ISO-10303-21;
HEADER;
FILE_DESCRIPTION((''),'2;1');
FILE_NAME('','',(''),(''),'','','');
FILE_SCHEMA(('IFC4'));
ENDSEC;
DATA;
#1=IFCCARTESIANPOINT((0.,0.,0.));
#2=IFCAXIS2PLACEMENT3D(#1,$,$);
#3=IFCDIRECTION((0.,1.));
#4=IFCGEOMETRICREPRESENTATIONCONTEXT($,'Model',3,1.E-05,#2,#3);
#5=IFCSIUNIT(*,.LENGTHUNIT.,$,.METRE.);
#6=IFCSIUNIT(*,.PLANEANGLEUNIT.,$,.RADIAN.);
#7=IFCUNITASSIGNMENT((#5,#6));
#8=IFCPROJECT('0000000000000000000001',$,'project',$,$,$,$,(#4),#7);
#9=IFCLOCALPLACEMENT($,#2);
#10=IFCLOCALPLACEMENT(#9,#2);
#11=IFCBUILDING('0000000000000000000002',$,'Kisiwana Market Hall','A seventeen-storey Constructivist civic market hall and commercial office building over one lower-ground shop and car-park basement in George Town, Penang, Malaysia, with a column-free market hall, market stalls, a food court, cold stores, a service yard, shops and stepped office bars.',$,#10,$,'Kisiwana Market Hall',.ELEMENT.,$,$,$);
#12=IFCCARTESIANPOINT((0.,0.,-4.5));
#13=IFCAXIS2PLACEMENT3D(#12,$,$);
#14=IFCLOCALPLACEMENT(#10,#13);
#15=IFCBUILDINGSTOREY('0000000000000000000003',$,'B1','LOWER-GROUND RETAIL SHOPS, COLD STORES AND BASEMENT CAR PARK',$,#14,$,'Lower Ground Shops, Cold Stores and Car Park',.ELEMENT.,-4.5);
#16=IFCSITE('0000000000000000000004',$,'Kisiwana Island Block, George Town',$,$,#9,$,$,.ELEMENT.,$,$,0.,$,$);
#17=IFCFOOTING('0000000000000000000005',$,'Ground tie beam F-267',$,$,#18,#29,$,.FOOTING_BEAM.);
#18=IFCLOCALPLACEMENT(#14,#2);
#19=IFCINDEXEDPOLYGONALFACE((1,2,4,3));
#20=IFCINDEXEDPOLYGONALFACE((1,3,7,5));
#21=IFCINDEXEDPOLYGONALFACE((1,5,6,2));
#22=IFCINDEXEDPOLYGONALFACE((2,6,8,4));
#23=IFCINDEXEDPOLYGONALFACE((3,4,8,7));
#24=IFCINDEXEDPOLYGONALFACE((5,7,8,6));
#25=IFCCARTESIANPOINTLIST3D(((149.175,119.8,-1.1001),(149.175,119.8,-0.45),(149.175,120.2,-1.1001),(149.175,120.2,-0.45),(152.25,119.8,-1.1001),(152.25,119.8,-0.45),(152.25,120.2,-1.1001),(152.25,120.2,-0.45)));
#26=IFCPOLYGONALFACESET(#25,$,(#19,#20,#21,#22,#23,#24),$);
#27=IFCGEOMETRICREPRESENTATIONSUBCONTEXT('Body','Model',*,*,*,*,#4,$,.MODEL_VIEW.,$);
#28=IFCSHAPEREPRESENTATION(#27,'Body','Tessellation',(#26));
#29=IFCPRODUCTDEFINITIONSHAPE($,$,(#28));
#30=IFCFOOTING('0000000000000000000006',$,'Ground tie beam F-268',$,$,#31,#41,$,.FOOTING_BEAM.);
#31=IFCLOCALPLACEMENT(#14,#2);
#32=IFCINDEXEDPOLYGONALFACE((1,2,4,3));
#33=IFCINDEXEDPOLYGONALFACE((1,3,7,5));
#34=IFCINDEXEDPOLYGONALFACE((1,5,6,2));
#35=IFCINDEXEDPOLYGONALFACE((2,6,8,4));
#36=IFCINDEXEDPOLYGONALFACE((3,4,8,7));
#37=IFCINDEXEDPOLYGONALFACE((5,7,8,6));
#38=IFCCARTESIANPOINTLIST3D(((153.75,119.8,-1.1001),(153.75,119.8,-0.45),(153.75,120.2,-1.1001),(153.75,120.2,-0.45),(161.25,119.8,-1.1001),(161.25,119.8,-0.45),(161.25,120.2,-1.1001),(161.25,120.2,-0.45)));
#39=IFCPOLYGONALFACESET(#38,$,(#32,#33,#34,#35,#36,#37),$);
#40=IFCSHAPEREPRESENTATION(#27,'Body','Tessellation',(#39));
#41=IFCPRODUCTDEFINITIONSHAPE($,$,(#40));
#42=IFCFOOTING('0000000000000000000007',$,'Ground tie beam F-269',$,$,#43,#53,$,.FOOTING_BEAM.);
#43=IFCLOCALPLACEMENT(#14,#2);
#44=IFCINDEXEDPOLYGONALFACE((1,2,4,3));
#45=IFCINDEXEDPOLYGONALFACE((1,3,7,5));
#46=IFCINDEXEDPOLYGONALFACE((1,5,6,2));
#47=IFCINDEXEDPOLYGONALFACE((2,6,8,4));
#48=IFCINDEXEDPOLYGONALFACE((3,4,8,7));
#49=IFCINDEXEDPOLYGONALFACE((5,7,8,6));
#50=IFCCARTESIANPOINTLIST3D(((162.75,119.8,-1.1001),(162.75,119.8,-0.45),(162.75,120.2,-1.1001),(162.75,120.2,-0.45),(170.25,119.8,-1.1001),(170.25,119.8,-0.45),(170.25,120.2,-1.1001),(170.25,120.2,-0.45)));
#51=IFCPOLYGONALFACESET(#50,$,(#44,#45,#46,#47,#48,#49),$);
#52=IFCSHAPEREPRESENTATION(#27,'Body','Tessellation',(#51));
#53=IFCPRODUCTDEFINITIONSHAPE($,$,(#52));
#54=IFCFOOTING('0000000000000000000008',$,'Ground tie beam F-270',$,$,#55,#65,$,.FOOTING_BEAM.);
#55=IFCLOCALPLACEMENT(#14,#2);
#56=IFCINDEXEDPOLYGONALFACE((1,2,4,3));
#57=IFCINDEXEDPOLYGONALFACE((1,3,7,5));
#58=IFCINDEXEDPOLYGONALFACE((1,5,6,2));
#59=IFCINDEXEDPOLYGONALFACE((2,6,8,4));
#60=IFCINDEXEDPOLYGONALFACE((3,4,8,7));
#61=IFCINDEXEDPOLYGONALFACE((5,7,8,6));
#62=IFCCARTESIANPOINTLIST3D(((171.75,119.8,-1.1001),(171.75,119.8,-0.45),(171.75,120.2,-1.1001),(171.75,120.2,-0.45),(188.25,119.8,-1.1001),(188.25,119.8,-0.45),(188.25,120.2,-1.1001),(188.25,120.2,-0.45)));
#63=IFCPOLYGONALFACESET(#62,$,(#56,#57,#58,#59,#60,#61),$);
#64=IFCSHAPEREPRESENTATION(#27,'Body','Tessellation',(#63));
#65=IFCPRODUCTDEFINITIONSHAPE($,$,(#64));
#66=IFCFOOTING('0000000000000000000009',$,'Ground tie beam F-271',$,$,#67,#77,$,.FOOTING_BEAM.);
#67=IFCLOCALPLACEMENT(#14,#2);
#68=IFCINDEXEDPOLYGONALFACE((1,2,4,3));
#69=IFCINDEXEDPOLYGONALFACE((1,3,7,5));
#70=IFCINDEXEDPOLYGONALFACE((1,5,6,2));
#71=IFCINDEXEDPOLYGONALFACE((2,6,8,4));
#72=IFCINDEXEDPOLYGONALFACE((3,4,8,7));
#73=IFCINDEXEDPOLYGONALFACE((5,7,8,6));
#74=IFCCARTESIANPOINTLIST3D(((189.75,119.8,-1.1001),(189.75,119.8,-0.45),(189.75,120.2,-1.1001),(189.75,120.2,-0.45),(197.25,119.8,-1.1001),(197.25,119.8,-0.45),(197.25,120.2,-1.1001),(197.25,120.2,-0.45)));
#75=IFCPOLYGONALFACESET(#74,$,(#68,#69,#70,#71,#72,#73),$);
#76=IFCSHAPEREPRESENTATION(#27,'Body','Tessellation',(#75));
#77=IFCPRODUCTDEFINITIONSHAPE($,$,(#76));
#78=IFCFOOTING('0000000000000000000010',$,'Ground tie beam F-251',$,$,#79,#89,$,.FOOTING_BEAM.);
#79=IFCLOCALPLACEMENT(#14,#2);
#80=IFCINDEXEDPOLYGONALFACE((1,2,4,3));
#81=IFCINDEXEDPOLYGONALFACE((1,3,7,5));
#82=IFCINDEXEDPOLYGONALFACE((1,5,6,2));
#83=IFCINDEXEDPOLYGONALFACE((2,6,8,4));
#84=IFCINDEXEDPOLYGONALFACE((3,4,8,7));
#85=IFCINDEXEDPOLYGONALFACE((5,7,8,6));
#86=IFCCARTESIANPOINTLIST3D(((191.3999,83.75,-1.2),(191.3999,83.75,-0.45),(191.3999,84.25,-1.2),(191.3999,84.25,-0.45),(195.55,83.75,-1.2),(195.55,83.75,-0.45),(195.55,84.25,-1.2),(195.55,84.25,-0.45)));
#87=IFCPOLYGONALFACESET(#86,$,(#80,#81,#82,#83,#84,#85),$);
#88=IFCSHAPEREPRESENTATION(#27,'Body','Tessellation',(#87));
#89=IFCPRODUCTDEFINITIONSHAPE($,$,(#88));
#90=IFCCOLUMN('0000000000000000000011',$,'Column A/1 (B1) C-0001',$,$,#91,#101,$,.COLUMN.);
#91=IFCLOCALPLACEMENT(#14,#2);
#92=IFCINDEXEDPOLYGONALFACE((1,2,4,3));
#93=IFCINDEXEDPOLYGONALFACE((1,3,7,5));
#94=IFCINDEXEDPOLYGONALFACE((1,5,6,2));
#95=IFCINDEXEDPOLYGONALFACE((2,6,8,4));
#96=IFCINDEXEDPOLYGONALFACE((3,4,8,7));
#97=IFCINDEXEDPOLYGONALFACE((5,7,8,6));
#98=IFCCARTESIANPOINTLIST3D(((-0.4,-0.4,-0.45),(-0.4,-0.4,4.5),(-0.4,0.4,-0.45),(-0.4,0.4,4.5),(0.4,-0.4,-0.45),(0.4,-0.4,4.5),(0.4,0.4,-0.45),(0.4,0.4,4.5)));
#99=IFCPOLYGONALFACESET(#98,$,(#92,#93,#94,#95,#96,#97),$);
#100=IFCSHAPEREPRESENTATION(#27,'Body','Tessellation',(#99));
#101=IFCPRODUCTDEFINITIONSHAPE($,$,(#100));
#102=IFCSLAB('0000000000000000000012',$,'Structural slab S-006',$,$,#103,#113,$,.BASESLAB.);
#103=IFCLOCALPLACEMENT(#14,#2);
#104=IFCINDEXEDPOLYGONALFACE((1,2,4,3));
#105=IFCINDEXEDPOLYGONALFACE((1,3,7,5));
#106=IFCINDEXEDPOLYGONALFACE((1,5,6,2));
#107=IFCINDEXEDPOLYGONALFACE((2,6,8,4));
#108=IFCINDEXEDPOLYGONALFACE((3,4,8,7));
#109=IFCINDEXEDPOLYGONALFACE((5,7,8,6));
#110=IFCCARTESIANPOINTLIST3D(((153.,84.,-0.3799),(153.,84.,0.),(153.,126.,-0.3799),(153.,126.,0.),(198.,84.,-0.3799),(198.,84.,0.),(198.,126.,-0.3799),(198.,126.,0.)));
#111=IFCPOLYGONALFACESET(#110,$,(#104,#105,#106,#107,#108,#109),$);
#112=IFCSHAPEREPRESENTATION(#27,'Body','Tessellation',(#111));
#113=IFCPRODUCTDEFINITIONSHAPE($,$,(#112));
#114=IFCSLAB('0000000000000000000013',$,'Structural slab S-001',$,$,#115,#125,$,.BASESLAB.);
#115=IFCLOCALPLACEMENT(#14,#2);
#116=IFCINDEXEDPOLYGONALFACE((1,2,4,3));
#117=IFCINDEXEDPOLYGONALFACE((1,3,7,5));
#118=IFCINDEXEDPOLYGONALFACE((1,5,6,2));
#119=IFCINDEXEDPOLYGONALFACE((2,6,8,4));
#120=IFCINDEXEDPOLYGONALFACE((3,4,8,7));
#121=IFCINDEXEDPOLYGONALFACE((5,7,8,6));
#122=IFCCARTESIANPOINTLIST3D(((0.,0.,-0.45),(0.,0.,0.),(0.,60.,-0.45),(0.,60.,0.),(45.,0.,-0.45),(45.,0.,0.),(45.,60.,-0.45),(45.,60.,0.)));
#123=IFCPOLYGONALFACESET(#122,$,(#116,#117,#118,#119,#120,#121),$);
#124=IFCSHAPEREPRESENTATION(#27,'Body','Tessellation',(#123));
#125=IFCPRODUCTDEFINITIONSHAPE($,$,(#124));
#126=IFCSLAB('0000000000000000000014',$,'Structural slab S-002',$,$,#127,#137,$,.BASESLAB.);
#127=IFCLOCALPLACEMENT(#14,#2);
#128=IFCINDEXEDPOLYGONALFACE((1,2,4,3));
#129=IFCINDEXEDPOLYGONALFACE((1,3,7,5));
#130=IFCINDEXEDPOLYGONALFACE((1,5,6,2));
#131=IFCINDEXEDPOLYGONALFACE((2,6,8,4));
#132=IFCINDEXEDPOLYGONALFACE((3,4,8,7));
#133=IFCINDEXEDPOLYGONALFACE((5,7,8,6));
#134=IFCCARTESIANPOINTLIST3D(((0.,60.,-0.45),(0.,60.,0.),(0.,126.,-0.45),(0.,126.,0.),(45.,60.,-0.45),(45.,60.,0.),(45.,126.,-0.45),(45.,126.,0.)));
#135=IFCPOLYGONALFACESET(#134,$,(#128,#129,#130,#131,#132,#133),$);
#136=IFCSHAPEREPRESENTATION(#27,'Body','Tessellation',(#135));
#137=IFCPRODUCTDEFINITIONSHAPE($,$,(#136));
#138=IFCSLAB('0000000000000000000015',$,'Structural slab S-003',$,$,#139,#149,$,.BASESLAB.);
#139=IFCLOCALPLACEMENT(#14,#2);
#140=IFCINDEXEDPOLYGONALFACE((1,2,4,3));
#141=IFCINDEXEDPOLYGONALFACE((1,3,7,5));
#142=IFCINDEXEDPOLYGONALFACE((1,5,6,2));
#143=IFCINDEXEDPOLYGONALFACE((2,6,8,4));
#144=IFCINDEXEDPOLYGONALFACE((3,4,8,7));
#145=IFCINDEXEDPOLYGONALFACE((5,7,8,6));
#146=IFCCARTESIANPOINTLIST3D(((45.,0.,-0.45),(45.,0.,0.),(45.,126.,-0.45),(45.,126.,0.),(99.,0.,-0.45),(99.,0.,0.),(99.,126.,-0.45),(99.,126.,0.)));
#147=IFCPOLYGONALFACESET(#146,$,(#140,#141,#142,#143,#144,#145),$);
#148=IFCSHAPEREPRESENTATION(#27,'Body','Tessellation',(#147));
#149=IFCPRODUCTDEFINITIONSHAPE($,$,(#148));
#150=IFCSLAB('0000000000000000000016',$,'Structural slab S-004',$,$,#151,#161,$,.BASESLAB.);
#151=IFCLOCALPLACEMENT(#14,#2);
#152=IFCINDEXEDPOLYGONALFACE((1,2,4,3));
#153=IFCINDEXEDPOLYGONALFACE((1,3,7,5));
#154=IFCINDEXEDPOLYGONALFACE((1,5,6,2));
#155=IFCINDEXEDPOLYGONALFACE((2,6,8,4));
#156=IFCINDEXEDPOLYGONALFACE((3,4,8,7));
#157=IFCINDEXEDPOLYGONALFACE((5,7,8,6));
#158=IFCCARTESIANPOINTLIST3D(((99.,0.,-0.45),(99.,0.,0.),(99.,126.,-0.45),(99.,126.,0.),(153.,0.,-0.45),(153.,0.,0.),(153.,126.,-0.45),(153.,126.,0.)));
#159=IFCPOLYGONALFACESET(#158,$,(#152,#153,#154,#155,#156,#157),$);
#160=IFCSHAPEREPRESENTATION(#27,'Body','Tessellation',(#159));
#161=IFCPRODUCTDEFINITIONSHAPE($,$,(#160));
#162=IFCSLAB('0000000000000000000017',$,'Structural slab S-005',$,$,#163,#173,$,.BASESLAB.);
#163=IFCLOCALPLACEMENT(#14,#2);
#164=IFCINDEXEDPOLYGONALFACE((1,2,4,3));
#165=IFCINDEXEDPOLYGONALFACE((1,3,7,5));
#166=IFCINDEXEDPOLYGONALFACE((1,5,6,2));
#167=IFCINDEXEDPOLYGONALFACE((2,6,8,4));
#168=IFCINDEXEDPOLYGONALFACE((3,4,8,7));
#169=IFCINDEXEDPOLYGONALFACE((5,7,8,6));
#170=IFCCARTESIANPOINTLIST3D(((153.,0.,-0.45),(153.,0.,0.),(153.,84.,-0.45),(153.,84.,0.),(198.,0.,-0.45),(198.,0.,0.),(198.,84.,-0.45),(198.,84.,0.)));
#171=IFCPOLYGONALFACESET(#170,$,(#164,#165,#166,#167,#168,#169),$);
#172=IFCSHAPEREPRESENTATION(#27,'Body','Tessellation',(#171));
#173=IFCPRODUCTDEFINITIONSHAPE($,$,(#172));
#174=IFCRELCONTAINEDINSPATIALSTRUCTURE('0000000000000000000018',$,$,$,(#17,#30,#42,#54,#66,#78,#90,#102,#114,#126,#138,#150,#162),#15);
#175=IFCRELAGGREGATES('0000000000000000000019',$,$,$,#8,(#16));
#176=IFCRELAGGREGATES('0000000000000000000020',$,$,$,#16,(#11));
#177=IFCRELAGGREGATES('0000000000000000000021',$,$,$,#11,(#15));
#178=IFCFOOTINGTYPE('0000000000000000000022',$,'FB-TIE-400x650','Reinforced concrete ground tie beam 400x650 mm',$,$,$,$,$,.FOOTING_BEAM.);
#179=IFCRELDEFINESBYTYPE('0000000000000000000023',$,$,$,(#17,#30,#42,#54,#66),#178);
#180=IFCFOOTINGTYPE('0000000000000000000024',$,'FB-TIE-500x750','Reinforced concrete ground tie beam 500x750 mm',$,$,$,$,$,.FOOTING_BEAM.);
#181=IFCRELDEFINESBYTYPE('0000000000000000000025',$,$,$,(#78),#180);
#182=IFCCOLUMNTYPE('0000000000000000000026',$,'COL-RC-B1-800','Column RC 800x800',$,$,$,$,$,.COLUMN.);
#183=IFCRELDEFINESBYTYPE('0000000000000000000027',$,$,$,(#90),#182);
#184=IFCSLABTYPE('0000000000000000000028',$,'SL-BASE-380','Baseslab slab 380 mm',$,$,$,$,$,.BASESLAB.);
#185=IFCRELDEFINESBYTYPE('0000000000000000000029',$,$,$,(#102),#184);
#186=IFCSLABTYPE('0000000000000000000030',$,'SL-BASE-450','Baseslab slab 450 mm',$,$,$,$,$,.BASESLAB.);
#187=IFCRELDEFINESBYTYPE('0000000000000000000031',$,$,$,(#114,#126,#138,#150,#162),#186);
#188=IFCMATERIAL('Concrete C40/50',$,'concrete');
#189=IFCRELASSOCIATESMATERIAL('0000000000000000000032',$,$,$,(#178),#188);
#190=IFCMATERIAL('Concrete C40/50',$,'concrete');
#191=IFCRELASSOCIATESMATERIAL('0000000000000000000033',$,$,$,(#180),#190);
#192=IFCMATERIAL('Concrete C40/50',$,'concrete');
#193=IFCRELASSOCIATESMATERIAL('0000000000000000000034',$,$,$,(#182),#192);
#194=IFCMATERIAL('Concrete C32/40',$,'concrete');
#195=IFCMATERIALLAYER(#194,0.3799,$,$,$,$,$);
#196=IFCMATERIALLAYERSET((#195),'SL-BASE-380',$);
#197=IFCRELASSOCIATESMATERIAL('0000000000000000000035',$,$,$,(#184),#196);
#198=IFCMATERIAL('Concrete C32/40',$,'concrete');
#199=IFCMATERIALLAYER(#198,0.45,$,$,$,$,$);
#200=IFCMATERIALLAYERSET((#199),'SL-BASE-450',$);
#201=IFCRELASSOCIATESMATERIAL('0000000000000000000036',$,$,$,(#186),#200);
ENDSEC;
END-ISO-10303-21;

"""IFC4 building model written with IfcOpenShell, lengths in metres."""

from ifc_helpers import new_model, si_unit, direction, frame, origin, origin_2d, place, context, subcontext, project, spatial, polyline, rectangle, outline, extrude, material, layer, layer_set, material_profile, profile_set, type_object, element, save


model = new_model("IFC4")

# Units and contexts
model_context = context("Model", 3, precision=1e-05, world=origin(), true_north=direction((0.0, 1.0)))
body_context = subcontext(model_context, "Body", "Model", "MODEL_VIEW")
ifc_project = project(units=[si_unit("LENGTHUNIT", "METRE"), si_unit("PLANEANGLEUNIT", "RADIAN")], contexts=[model_context])

# Site, building, storey
site_placement = place(None, origin())
site = spatial("IfcSite", under=ifc_project, at=site_placement, Name="Kisiwana Island Block, George Town", CompositionType="ELEMENT", RefElevation=0.0)
building_placement = place(site_placement, origin())
building = spatial("IfcBuilding", under=site, at=building_placement, Name="Kisiwana Market Hall", Description="A seventeen-storey Constructivist civic market hall and commercial office building over one lower-ground shop and car-park basement in George Town, Penang, Malaysia, with a column-free market hall, market stalls, a food court, cold stores, a service yard, shops and stepped office bars.", LongName="Kisiwana Market Hall", CompositionType="ELEMENT")
storey_placement = place(building_placement, frame((0.0, 0.0, -4.5)))
storey = spatial("IfcBuildingStorey", under=building, at=storey_placement, Name="B1", Description="LOWER-GROUND RETAIL SHOPS, COLD STORES AND BASEMENT CAR PARK", LongName="Lower Ground Shops, Cold Stores and Car Park", CompositionType="ELEMENT", Elevation=-4.5)

# Footings
ifc_material_1 = material(Name="Concrete C40/50", Category="concrete")
footing_type_1 = type_object("IfcFootingType", Name="FB-TIE-400x650", Description="Reinforced concrete ground tie beam 400x650 mm", PredefinedType="FOOTING_BEAM", material=ifc_material_1)
footing_1_placement = place(storey_placement, frame((0.0, 0.0, -1.1001)))
element("IfcFooting", 1, at=footing_1_placement, inside=storey, type_object=footing_type_1, Name="Ground tie beam F-267", PredefinedType="FOOTING_BEAM", context=body_context, shape_type="SweptSolid", body=[
    extrude(outline(polyline([(149.175, 119.8), (152.25, 119.8), (152.25, 120.2), (149.175, 120.2), (149.175, 119.8)])), origin(), (0.0, 0.0, 1.0), 0.6501),
])
footing_2_placement = place(storey_placement, frame((0.0, 0.0, -1.1001)))
element("IfcFooting", 2, at=footing_2_placement, inside=storey, type_object=footing_type_1, Name="Ground tie beam F-268", PredefinedType="FOOTING_BEAM", context=body_context, shape_type="SweptSolid", body=[
    extrude(outline(polyline([(153.75, 119.8), (161.25, 119.8), (161.25, 120.2), (153.75, 120.2), (153.75, 119.8)])), origin(), (0.0, 0.0, 1.0), 0.6501),
])
footing_3_placement = place(storey_placement, frame((0.0, 0.0, -1.1001)))
element("IfcFooting", 3, at=footing_3_placement, inside=storey, type_object=footing_type_1, Name="Ground tie beam F-269", PredefinedType="FOOTING_BEAM", context=body_context, shape_type="SweptSolid", body=[
    extrude(outline(polyline([(162.75, 119.8), (170.25, 119.8), (170.25, 120.2), (162.75, 120.2), (162.75, 119.8)])), origin(), (0.0, 0.0, 1.0), 0.6501),
])
footing_4_placement = place(storey_placement, frame((0.0, 0.0, -1.1001)))
element("IfcFooting", 4, at=footing_4_placement, inside=storey, type_object=footing_type_1, Name="Ground tie beam F-270", PredefinedType="FOOTING_BEAM", context=body_context, shape_type="SweptSolid", body=[
    extrude(outline(polyline([(171.75, 119.8), (188.25, 119.8), (188.25, 120.2), (171.75, 120.2), (171.75, 119.8)])), origin(), (0.0, 0.0, 1.0), 0.6501),
])
footing_5_placement = place(storey_placement, frame((0.0, 0.0, -1.1001)))
element("IfcFooting", 5, at=footing_5_placement, inside=storey, type_object=footing_type_1, Name="Ground tie beam F-271", PredefinedType="FOOTING_BEAM", context=body_context, shape_type="SweptSolid", body=[
    extrude(outline(polyline([(189.75, 119.8), (197.25, 119.8), (197.25, 120.2), (189.75, 120.2), (189.75, 119.8)])), origin(), (0.0, 0.0, 1.0), 0.6501),
])
ifc_material_2 = material(Name="Concrete C40/50", Category="concrete")
footing_type_2 = type_object("IfcFootingType", Name="FB-TIE-500x750", Description="Reinforced concrete ground tie beam 500x750 mm", PredefinedType="FOOTING_BEAM", material=ifc_material_2)
footing_6_placement = place(storey_placement, frame((0.0, 0.0, -1.2)))
element("IfcFooting", 6, at=footing_6_placement, inside=storey, type_object=footing_type_2, Name="Ground tie beam F-251", PredefinedType="FOOTING_BEAM", context=body_context, shape_type="SweptSolid", body=[
    extrude(outline(polyline([(191.3999, 83.75), (195.55, 83.75), (195.55, 84.25), (191.3999, 84.25), (191.3999, 83.75)])), origin(), (0.0, 0.0, 1.0), 0.75),
])

# Column
ifc_material_3 = material(Name="Concrete C40/50", Category="concrete")
ifc_material_profile = material_profile(ifc_material_3, rectangle(XDim=0.8, YDim=0.8, at=origin_2d()), Name="RC 800x800")
ifc_profile_set = profile_set([ifc_material_profile], Name="Concrete C40/50")
column_type = type_object("IfcColumnType", Name="COL-RC-B1-800", Description="Column RC 800x800", PredefinedType="COLUMN", material=ifc_profile_set)
column_placement = place(storey_placement, frame((0.0, 0.0, -0.45), z_axis=(0.0, 0.0, 1.0), x_axis=(1.0, 0.0, 0.0)))
element("IfcColumn", 7, at=column_placement, inside=storey, type_object=column_type, Name="Column A/1 (B1) C-0001", PredefinedType="COLUMN", context=body_context, shape_type="SweptSolid", body=[
    extrude(rectangle(XDim=0.8, YDim=0.8, at=origin_2d()), origin(), (0.0, 0.0, 1.0), 4.95),
])

# Slabs
ifc_material_4 = material(Name="Concrete C32/40", Category="concrete")
ifc_layer_1 = layer(ifc_material_4, 0.3799)
ifc_layer_set_1 = layer_set([ifc_layer_1], Name="SL-BASE-380")
slab_type_1 = type_object("IfcSlabType", Name="SL-BASE-380", Description="Baseslab slab 380 mm", PredefinedType="BASESLAB", material=ifc_layer_set_1)
slab_1_placement = place(storey_placement, frame((0.0, 0.0, -0.3799)))
element("IfcSlab", 8, at=slab_1_placement, inside=storey, type_object=slab_type_1, Name="Structural slab S-006", PredefinedType="BASESLAB", context=body_context, shape_type="SweptSolid", body=[
    extrude(outline(polyline([(153.0, 84.0), (198.0, 84.0), (198.0, 126.0), (153.0, 126.0), (153.0, 84.0)])), origin(), (0.0, 0.0, 1.0), 0.3799),
])
ifc_material_5 = material(Name="Concrete C32/40", Category="concrete")
ifc_layer_2 = layer(ifc_material_5, 0.45)
ifc_layer_set_2 = layer_set([ifc_layer_2], Name="SL-BASE-450")
slab_type_2 = type_object("IfcSlabType", Name="SL-BASE-450", Description="Baseslab slab 450 mm", PredefinedType="BASESLAB", material=ifc_layer_set_2)
slab_2_placement = place(storey_placement, frame((0.0, 0.0, -0.45)))
element("IfcSlab", 9, at=slab_2_placement, inside=storey, type_object=slab_type_2, Name="Structural slab S-001", PredefinedType="BASESLAB", context=body_context, shape_type="SweptSolid", body=[
    extrude(outline(polyline([(0.0, 0.0), (45.0, 0.0), (45.0, 60.0), (0.0, 60.0), (0.0, 0.0)])), origin(), (0.0, 0.0, 1.0), 0.45),
])
slab_3_placement = place(storey_placement, frame((0.0, 0.0, -0.45)))
element("IfcSlab", 10, at=slab_3_placement, inside=storey, type_object=slab_type_2, Name="Structural slab S-002", PredefinedType="BASESLAB", context=body_context, shape_type="SweptSolid", body=[
    extrude(outline(polyline([(0.0, 60.0), (45.0, 60.0), (45.0, 126.0), (0.0, 126.0), (0.0, 60.0)])), origin(), (0.0, 0.0, 1.0), 0.45),
])
slab_4_placement = place(storey_placement, frame((0.0, 0.0, -0.45)))
element("IfcSlab", 11, at=slab_4_placement, inside=storey, type_object=slab_type_2, Name="Structural slab S-003", PredefinedType="BASESLAB", context=body_context, shape_type="SweptSolid", body=[
    extrude(outline(polyline([(45.0, 0.0), (99.0, 0.0), (99.0, 126.0), (45.0, 126.0), (45.0, 0.0)])), origin(), (0.0, 0.0, 1.0), 0.45),
])
slab_5_placement = place(storey_placement, frame((0.0, 0.0, -0.45)))
element("IfcSlab", 12, at=slab_5_placement, inside=storey, type_object=slab_type_2, Name="Structural slab S-004", PredefinedType="BASESLAB", context=body_context, shape_type="SweptSolid", body=[
    extrude(outline(polyline([(99.0, 0.0), (153.0, 0.0), (153.0, 126.0), (99.0, 126.0), (99.0, 0.0)])), origin(), (0.0, 0.0, 1.0), 0.45),
])
slab_6_placement = place(storey_placement, frame((0.0, 0.0, -0.45)))
element("IfcSlab", 13, at=slab_6_placement, inside=storey, type_object=slab_type_2, Name="Structural slab S-005", PredefinedType="BASESLAB", context=body_context, shape_type="SweptSolid", body=[
    extrude(outline(polyline([(153.0, 0.0), (198.0, 0.0), (198.0, 84.0), (153.0, 84.0), (153.0, 0.0)])), origin(), (0.0, 0.0, 1.0), 0.45),
])

save(model, "model.ifc")
